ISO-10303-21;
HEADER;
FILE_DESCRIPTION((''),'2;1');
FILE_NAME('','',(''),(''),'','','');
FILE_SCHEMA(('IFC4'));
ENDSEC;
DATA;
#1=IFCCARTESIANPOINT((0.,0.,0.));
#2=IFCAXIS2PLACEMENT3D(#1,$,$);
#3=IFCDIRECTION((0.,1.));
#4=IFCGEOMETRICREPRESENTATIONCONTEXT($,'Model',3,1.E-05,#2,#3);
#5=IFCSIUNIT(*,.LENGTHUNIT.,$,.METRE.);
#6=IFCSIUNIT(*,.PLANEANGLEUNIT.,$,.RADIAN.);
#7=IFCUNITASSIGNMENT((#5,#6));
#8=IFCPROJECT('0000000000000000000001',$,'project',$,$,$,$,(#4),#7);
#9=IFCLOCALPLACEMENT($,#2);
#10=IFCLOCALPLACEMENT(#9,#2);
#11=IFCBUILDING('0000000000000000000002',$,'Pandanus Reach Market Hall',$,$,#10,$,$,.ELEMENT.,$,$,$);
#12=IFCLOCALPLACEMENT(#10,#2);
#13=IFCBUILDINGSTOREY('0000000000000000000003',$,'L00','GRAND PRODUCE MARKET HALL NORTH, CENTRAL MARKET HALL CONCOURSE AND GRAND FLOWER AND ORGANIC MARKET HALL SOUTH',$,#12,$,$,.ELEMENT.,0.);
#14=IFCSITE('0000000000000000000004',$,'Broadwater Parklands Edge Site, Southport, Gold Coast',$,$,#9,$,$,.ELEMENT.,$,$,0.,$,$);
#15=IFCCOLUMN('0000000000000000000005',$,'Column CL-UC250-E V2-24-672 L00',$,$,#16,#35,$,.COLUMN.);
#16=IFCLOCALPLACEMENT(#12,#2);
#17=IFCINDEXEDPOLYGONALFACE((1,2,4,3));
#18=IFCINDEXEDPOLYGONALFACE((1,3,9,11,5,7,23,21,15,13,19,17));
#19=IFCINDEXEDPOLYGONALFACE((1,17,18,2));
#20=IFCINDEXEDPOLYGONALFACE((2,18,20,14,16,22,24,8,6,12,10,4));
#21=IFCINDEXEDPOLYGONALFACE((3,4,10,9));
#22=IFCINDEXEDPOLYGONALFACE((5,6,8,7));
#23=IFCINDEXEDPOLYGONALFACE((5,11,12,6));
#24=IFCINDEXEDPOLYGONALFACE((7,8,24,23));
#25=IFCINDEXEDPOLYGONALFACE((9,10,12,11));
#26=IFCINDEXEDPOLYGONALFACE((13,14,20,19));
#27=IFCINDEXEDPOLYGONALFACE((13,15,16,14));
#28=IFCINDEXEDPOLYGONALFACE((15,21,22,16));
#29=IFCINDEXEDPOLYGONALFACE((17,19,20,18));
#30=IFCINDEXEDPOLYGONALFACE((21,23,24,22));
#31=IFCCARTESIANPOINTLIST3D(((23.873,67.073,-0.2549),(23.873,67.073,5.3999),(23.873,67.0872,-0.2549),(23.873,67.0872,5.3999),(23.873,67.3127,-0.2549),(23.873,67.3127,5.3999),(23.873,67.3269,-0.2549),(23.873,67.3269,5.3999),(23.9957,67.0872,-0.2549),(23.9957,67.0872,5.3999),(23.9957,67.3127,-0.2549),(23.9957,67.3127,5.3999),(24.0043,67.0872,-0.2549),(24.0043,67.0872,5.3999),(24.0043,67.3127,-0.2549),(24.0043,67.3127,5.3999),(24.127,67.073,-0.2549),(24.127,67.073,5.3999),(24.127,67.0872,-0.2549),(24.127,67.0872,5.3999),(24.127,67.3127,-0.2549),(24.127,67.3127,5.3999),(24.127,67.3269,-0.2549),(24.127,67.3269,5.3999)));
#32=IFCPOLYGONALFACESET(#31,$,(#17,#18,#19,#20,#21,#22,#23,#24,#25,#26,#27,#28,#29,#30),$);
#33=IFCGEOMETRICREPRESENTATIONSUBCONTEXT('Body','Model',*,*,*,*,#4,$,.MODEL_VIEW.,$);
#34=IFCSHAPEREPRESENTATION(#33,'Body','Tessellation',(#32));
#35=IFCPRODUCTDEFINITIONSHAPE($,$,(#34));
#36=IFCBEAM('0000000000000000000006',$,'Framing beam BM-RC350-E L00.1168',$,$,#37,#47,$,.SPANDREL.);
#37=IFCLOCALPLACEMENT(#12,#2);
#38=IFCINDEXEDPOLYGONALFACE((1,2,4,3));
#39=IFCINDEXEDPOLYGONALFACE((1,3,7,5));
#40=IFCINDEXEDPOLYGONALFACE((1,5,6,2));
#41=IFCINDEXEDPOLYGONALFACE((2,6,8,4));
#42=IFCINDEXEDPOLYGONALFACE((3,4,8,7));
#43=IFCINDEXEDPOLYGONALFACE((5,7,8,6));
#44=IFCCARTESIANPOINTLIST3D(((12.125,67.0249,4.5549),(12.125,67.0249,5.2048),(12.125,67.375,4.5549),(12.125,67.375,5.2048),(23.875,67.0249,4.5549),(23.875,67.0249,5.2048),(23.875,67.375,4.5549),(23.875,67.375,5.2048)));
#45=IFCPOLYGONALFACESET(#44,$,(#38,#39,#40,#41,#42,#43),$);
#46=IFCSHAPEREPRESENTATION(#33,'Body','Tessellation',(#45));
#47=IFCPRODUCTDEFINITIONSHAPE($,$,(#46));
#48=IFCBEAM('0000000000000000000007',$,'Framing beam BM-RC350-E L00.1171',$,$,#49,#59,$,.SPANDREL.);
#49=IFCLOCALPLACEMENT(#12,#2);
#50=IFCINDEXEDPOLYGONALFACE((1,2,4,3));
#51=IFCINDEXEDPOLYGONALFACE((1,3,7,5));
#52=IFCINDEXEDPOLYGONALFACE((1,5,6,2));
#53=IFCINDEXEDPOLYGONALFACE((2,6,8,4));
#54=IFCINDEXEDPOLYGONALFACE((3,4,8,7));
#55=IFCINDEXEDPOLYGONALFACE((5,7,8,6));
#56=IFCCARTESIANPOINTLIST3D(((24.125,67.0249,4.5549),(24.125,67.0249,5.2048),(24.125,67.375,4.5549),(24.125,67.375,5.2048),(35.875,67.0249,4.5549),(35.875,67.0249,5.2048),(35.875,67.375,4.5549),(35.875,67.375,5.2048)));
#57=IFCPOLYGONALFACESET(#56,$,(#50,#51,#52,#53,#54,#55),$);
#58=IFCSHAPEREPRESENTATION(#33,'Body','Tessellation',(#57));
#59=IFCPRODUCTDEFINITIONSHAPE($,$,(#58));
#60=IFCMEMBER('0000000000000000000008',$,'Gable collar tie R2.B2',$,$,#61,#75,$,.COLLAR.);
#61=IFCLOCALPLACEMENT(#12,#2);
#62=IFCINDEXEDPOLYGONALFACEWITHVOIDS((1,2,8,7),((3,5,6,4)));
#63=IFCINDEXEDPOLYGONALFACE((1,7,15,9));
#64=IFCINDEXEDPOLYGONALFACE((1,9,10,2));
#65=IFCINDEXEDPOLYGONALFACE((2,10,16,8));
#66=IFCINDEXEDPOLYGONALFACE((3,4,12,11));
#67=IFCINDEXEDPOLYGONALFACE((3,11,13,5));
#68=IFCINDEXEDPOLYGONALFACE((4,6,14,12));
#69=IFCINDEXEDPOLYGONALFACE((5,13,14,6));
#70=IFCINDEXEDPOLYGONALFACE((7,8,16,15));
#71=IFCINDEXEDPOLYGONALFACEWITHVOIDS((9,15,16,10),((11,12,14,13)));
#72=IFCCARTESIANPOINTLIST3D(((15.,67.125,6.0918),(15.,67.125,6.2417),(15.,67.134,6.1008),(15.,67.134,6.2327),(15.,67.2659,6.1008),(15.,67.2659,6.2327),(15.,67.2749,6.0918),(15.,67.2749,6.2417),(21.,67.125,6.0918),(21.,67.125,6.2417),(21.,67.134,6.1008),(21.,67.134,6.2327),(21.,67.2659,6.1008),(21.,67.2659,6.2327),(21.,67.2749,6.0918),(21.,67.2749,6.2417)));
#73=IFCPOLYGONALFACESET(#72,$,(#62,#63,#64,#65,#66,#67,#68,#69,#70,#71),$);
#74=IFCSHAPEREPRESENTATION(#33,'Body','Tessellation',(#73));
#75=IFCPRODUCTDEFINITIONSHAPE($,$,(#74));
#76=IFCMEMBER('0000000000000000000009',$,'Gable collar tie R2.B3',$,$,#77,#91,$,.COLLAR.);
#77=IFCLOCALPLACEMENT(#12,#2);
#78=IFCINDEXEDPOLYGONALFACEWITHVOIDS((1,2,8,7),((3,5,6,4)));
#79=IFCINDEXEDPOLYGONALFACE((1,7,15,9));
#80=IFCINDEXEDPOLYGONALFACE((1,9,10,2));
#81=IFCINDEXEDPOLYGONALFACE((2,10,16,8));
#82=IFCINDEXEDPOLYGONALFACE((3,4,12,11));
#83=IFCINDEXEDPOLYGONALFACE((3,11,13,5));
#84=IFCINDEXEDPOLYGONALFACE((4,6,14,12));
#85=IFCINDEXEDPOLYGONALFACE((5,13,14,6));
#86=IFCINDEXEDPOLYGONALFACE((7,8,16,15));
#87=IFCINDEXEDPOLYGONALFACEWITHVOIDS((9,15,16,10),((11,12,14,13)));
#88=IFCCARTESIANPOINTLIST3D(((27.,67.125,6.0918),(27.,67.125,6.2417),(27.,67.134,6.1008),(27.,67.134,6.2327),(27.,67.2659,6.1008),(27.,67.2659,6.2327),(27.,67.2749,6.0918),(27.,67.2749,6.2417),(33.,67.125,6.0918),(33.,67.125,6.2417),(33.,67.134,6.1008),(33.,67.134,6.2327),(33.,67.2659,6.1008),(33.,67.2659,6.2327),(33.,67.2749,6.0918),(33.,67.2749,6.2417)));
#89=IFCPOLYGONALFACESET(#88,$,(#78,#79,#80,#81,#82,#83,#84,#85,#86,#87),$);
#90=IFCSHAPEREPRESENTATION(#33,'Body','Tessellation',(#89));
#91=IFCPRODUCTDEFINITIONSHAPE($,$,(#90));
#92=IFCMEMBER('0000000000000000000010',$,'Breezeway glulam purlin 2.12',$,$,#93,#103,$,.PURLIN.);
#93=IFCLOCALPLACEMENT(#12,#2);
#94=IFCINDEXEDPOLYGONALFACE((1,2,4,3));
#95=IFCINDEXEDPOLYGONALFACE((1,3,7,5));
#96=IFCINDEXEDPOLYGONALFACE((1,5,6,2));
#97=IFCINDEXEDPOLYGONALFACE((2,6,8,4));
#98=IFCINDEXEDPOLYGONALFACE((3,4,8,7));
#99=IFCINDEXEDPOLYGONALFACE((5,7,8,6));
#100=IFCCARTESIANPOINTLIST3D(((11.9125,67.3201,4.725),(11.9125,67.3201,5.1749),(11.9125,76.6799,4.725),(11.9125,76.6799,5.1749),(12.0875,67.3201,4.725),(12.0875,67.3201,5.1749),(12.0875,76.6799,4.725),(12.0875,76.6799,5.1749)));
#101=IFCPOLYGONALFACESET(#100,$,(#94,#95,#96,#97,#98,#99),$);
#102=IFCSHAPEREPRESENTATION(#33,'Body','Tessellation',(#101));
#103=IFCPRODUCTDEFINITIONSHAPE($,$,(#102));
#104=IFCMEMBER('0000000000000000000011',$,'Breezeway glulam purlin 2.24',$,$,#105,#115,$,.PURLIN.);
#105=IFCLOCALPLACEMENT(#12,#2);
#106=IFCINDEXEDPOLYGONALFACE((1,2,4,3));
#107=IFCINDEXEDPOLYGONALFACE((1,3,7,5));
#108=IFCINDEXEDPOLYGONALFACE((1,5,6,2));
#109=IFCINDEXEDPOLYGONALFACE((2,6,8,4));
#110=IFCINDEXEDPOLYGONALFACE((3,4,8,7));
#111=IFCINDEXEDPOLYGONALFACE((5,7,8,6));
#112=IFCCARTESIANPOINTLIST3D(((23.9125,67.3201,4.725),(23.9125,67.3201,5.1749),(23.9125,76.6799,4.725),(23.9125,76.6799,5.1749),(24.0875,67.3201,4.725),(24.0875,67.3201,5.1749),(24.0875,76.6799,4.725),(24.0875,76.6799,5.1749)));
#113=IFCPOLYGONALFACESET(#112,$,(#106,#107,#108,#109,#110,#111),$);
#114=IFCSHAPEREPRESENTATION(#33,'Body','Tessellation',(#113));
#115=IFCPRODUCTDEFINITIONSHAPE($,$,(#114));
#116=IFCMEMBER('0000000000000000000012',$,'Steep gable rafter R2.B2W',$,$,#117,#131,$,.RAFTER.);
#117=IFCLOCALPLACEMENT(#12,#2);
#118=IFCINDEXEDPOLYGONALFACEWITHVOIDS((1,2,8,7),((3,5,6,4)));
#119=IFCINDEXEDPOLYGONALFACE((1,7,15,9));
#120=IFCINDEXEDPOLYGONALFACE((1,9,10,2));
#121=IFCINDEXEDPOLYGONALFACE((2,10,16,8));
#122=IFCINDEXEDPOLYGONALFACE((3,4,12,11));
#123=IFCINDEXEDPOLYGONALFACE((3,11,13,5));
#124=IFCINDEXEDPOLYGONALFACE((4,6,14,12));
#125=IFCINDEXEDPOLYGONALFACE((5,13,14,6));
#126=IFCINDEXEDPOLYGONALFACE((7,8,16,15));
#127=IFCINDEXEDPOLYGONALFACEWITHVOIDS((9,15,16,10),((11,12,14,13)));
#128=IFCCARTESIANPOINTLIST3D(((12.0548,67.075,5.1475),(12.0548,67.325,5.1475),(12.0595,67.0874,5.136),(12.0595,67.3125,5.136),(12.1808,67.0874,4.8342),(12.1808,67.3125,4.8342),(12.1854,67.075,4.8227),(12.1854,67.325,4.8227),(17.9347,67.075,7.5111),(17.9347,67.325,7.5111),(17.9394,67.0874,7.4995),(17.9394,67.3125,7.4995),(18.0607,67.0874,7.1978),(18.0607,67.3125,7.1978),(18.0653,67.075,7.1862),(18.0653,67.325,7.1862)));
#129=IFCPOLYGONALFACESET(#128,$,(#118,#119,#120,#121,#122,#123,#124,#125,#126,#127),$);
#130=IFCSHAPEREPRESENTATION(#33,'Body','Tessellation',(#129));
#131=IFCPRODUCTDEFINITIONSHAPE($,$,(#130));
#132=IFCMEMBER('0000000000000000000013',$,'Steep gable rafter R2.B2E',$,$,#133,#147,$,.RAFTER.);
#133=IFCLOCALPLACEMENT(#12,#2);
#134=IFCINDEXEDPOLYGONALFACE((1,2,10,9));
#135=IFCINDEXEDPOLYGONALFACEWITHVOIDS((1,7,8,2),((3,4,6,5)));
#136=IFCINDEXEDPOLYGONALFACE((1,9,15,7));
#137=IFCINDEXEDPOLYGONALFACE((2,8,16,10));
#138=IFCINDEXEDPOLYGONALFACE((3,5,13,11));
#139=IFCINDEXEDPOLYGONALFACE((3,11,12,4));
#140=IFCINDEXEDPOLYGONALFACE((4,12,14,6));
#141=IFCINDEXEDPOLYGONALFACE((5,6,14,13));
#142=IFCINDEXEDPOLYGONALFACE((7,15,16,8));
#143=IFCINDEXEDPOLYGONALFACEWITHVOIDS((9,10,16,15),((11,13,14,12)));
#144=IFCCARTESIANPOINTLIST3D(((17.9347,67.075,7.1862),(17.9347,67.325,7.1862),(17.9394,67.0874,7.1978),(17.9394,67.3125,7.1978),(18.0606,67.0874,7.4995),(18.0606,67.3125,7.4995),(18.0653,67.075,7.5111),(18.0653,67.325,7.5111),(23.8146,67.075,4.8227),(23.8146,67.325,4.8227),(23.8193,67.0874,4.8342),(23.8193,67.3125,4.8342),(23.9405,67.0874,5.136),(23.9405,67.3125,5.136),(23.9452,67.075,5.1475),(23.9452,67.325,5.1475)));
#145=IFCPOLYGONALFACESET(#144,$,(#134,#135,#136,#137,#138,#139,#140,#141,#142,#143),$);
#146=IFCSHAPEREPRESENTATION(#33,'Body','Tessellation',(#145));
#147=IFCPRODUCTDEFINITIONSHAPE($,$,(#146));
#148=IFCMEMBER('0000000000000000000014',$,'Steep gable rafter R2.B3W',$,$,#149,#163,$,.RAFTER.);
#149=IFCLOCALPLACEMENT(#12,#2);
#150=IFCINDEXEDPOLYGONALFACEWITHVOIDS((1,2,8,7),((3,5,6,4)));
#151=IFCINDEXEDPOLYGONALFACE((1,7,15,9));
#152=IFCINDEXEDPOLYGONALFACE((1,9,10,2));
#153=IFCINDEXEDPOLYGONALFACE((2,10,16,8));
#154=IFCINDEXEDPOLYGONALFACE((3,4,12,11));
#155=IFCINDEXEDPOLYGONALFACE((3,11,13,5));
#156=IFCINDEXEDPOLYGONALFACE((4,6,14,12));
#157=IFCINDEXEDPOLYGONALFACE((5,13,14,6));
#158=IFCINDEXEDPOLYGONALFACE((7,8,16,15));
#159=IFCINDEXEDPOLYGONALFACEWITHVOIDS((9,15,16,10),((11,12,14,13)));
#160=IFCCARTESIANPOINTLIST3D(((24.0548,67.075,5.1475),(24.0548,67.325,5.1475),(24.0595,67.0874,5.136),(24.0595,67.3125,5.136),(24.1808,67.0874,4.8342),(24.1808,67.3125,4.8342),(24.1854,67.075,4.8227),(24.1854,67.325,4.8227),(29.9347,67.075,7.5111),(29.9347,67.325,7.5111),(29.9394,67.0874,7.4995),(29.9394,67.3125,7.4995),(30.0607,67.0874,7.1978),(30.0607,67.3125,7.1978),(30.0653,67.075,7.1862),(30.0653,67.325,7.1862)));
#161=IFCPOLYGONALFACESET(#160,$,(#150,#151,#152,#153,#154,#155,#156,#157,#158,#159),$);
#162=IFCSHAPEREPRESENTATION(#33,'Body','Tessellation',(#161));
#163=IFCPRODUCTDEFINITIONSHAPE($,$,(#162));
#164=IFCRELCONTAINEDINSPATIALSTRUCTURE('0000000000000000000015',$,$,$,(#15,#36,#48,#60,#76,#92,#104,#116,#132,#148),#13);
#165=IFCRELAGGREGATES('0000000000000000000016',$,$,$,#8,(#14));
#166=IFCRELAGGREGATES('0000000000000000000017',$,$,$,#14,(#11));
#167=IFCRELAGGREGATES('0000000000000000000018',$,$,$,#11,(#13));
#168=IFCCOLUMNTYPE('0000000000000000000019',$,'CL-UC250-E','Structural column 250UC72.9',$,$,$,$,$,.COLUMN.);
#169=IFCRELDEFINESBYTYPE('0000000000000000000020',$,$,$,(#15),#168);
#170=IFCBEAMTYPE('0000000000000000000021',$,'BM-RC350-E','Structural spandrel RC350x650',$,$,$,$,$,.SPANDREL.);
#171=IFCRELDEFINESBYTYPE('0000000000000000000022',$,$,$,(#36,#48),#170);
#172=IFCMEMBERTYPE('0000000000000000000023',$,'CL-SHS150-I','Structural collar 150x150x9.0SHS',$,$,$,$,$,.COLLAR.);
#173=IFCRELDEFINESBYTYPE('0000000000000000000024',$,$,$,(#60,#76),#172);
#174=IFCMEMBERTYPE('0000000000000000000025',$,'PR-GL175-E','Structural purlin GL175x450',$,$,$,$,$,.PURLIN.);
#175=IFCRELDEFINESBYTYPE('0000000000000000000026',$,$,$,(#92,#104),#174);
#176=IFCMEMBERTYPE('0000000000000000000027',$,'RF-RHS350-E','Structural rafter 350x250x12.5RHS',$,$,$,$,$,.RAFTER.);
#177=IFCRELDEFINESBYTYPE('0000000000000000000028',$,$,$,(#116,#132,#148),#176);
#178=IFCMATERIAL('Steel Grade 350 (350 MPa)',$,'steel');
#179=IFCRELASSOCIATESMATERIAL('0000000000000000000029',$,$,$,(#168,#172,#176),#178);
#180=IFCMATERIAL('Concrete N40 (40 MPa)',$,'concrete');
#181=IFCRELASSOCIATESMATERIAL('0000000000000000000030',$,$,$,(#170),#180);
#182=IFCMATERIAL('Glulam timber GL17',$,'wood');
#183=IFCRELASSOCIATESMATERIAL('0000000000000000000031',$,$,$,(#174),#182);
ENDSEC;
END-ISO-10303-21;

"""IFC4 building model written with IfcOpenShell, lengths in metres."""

from ifc_helpers import new_model, si_unit, direction, frame, origin, origin_2d, place, context, subcontext, project, spatial, rectangle, hollow_rectangle, i_section, extrude, material, material_profile, profile_set, type_object, element, save


model = new_model("IFC4")

# Units and contexts
model_context = context("Model", 3, precision=1e-05, world=origin(), true_north=direction((0.0, 1.0)))
body_context = subcontext(model_context, "Body", "Model", "MODEL_VIEW")
ifc_project = project(units=[si_unit("LENGTHUNIT", "METRE"), si_unit("PLANEANGLEUNIT", "RADIAN")], contexts=[model_context])

# Site, building, storey
site_placement = place(None, origin())
site = spatial("IfcSite", under=ifc_project, at=site_placement, Name="Broadwater Parklands Edge Site, Southport, Gold Coast", CompositionType="ELEMENT", RefElevation=0.0)
building_placement = place(site_placement, origin())
building = spatial("IfcBuilding", under=site, at=building_placement, Name="Pandanus Reach Market Hall", CompositionType="ELEMENT")
storey_placement = place(building_placement, origin())
storey = spatial("IfcBuildingStorey", under=building, at=storey_placement, Name="L00", Description="GRAND PRODUCE MARKET HALL NORTH, CENTRAL MARKET HALL CONCOURSE AND GRAND FLOWER AND ORGANIC MARKET HALL SOUTH", CompositionType="ELEMENT", Elevation=0.0)

# Shared definitions
ifc_material_1 = material(Name="Concrete N40 (40 MPa)", Category="concrete")

# Column
ifc_material_2 = material(Name="Steel Grade 350 (350 MPa)", Category="steel")
ifc_material_profile_1 = material_profile(ifc_material_2, i_section(OverallWidth=0.2539, OverallDepth=0.2539, WebThickness=0.0085, FlangeThickness=0.0142, at=origin_2d()), Name="250UC72.9", Category="LoadBearing")
ifc_profile_set_1 = profile_set([ifc_material_profile_1], Name="Steel Grade 350 (350 MPa)")
column_type = type_object("IfcColumnType", Name="CL-UC250-E", Description="Structural column 250UC72.9", PredefinedType="COLUMN", material=ifc_profile_set_1)
for number, where, z_axis, x_axis, name in (
    (1, (24.0, 67.2, -0.2549), (0.0, 0.0, 1.0), (1.0, 0.0, 0.0), "Column CL-UC250-E V2-24-672 L00"),
):
    element("IfcColumn", number, at=place(storey_placement, frame(where, z_axis=z_axis, x_axis=x_axis)), inside=storey, type_object=column_type, Name=name, PredefinedType="COLUMN", context=body_context, shape_type="SweptSolid", body=[
        extrude(i_section(OverallWidth=0.2539, OverallDepth=0.2539, WebThickness=0.0085, FlangeThickness=0.0142, at=origin_2d()), origin(), (0.0, 0.0, 1.0), 5.6548),
    ])

# Beams
ifc_material_profile_2 = material_profile(ifc_material_1, rectangle(XDim=0.3501, YDim=0.6499, at=origin_2d()), Name="RC350x650", Category="LoadBearing")
ifc_profile_set_2 = profile_set([ifc_material_profile_2], Name="Concrete N40 (40 MPa)")
beam_type = type_object("IfcBeamType", Name="BM-RC350-E", Description="Structural spandrel RC350x650", PredefinedType="SPANDREL", material=ifc_profile_set_2)
for number, where, z_axis, x_axis, name in (
    (2, (12.125, 67.2, 4.8799), (1.0, 0.0, 0.0), (0.0, 1.0, 0.0), "Framing beam BM-RC350-E L00.1168"),
    (3, (24.125, 67.2, 4.8799), (1.0, 0.0, 0.0), (0.0, 1.0, 0.0), "Framing beam BM-RC350-E L00.1171"),
):
    element("IfcBeam", number, at=place(storey_placement, frame(where, z_axis=z_axis, x_axis=x_axis)), inside=storey, type_object=beam_type, Name=name, PredefinedType="SPANDREL", context=body_context, shape_type="SweptSolid", body=[
        extrude(rectangle(XDim=0.3501, YDim=0.6499, at=origin_2d()), origin(), (0.0, 0.0, 1.0), 11.75),
    ])

# Members
ifc_material_profile_3 = material_profile(ifc_material_2, hollow_rectangle(XDim=0.1499, YDim=0.1499, WallThickness=0.009, at=origin_2d()), Name="150x150x9.0SHS", Category="LoadBearing")
ifc_profile_set_3 = profile_set([ifc_material_profile_3], Name="Steel Grade 350 (350 MPa)")
member_type_1 = type_object("IfcMemberType", Name="CL-SHS150-I", Description="Structural collar 150x150x9.0SHS", PredefinedType="COLLAR", material=ifc_profile_set_3)
for number, where, z_axis, x_axis, name in (
    (4, (15.0, 67.2, 6.1667), (1.0, 0.0, 0.0), (0.0, 1.0, 0.0), "Gable collar tie R2.B2"),
    (5, (27.0, 67.2, 6.1667), (1.0, 0.0, 0.0), (0.0, 1.0, 0.0), "Gable collar tie R2.B3"),
):
    element("IfcMember", number, at=place(storey_placement, frame(where, z_axis=z_axis, x_axis=x_axis)), inside=storey, type_object=member_type_1, Name=name, PredefinedType="COLLAR", context=body_context, shape_type="SweptSolid", body=[
        extrude(hollow_rectangle(XDim=0.1499, YDim=0.1499, WallThickness=0.009, at=origin_2d()), origin(), (0.0, 0.0, 1.0), 6.0),
    ])
ifc_material_3 = material(Name="Glulam timber GL17", Category="wood")
ifc_material_profile_4 = material_profile(ifc_material_3, rectangle(XDim=0.175, YDim=0.45, at=origin_2d()), Name="GL175x450", Category="LoadBearing")
ifc_profile_set_4 = profile_set([ifc_material_profile_4], Name="Glulam timber GL17")
member_type_2 = type_object("IfcMemberType", Name="PR-GL175-E", Description="Structural purlin GL175x450", PredefinedType="PURLIN", material=ifc_profile_set_4)
for number, where, z_axis, x_axis, name in (
    (6, (12.0, 67.3201, 4.95), (0.0, 1.0, 0.0), (-1.0, 0.0, 0.0), "Breezeway glulam purlin 2.12"),
    (7, (24.0, 67.3201, 4.95), (0.0, 1.0, 0.0), (-1.0, 0.0, 0.0), "Breezeway glulam purlin 2.24"),
):
    element("IfcMember", number, at=place(storey_placement, frame(where, z_axis=z_axis, x_axis=x_axis)), inside=storey, type_object=member_type_2, Name=name, PredefinedType="PURLIN", context=body_context, shape_type="SweptSolid", body=[
        extrude(rectangle(XDim=0.175, YDim=0.45, at=origin_2d()), origin(), (0.0, 0.0, 1.0), 9.3599),
    ])
ifc_material_profile_5 = material_profile(ifc_material_2, hollow_rectangle(XDim=0.25, YDim=0.3501, WallThickness=0.0125, at=origin_2d()), Name="350x250x12.5RHS", Category="LoadBearing")
ifc_profile_set_5 = profile_set([ifc_material_profile_5], Name="Steel Grade 350 (350 MPa)")
member_type_3 = type_object("IfcMemberType", Name="RF-RHS350-E", Description="Structural rafter 350x250x12.5RHS", PredefinedType="RAFTER", material=ifc_profile_set_5)
for number, where, z_axis, x_axis, name in (
    (8, (12.1201, 67.2, 4.9851), (0.927846, 0.0, 0.372964), (0.0, 1.0, 0.0), "Steep gable rafter R2.B2W"),
    (9, (18.0, 67.2, 7.3486), (0.927846, 0.0, -0.372964), (0.0, 1.0, 0.0), "Steep gable rafter R2.B2E"),
    (10, (24.1201, 67.2, 4.9851), (0.927846, 0.0, 0.372964), (0.0, 1.0, 0.0), "Steep gable rafter R2.B3W"),
):
    element("IfcMember", number, at=place(storey_placement, frame(where, z_axis=z_axis, x_axis=x_axis)), inside=storey, type_object=member_type_3, Name=name, PredefinedType="RAFTER", context=body_context, shape_type="SweptSolid", body=[
        extrude(hollow_rectangle(XDim=0.25, YDim=0.3501, WallThickness=0.0125, at=origin_2d()), origin(), (0.0, 0.0, 1.0), 6.3372),
    ])

save(model, "model.ifc")
